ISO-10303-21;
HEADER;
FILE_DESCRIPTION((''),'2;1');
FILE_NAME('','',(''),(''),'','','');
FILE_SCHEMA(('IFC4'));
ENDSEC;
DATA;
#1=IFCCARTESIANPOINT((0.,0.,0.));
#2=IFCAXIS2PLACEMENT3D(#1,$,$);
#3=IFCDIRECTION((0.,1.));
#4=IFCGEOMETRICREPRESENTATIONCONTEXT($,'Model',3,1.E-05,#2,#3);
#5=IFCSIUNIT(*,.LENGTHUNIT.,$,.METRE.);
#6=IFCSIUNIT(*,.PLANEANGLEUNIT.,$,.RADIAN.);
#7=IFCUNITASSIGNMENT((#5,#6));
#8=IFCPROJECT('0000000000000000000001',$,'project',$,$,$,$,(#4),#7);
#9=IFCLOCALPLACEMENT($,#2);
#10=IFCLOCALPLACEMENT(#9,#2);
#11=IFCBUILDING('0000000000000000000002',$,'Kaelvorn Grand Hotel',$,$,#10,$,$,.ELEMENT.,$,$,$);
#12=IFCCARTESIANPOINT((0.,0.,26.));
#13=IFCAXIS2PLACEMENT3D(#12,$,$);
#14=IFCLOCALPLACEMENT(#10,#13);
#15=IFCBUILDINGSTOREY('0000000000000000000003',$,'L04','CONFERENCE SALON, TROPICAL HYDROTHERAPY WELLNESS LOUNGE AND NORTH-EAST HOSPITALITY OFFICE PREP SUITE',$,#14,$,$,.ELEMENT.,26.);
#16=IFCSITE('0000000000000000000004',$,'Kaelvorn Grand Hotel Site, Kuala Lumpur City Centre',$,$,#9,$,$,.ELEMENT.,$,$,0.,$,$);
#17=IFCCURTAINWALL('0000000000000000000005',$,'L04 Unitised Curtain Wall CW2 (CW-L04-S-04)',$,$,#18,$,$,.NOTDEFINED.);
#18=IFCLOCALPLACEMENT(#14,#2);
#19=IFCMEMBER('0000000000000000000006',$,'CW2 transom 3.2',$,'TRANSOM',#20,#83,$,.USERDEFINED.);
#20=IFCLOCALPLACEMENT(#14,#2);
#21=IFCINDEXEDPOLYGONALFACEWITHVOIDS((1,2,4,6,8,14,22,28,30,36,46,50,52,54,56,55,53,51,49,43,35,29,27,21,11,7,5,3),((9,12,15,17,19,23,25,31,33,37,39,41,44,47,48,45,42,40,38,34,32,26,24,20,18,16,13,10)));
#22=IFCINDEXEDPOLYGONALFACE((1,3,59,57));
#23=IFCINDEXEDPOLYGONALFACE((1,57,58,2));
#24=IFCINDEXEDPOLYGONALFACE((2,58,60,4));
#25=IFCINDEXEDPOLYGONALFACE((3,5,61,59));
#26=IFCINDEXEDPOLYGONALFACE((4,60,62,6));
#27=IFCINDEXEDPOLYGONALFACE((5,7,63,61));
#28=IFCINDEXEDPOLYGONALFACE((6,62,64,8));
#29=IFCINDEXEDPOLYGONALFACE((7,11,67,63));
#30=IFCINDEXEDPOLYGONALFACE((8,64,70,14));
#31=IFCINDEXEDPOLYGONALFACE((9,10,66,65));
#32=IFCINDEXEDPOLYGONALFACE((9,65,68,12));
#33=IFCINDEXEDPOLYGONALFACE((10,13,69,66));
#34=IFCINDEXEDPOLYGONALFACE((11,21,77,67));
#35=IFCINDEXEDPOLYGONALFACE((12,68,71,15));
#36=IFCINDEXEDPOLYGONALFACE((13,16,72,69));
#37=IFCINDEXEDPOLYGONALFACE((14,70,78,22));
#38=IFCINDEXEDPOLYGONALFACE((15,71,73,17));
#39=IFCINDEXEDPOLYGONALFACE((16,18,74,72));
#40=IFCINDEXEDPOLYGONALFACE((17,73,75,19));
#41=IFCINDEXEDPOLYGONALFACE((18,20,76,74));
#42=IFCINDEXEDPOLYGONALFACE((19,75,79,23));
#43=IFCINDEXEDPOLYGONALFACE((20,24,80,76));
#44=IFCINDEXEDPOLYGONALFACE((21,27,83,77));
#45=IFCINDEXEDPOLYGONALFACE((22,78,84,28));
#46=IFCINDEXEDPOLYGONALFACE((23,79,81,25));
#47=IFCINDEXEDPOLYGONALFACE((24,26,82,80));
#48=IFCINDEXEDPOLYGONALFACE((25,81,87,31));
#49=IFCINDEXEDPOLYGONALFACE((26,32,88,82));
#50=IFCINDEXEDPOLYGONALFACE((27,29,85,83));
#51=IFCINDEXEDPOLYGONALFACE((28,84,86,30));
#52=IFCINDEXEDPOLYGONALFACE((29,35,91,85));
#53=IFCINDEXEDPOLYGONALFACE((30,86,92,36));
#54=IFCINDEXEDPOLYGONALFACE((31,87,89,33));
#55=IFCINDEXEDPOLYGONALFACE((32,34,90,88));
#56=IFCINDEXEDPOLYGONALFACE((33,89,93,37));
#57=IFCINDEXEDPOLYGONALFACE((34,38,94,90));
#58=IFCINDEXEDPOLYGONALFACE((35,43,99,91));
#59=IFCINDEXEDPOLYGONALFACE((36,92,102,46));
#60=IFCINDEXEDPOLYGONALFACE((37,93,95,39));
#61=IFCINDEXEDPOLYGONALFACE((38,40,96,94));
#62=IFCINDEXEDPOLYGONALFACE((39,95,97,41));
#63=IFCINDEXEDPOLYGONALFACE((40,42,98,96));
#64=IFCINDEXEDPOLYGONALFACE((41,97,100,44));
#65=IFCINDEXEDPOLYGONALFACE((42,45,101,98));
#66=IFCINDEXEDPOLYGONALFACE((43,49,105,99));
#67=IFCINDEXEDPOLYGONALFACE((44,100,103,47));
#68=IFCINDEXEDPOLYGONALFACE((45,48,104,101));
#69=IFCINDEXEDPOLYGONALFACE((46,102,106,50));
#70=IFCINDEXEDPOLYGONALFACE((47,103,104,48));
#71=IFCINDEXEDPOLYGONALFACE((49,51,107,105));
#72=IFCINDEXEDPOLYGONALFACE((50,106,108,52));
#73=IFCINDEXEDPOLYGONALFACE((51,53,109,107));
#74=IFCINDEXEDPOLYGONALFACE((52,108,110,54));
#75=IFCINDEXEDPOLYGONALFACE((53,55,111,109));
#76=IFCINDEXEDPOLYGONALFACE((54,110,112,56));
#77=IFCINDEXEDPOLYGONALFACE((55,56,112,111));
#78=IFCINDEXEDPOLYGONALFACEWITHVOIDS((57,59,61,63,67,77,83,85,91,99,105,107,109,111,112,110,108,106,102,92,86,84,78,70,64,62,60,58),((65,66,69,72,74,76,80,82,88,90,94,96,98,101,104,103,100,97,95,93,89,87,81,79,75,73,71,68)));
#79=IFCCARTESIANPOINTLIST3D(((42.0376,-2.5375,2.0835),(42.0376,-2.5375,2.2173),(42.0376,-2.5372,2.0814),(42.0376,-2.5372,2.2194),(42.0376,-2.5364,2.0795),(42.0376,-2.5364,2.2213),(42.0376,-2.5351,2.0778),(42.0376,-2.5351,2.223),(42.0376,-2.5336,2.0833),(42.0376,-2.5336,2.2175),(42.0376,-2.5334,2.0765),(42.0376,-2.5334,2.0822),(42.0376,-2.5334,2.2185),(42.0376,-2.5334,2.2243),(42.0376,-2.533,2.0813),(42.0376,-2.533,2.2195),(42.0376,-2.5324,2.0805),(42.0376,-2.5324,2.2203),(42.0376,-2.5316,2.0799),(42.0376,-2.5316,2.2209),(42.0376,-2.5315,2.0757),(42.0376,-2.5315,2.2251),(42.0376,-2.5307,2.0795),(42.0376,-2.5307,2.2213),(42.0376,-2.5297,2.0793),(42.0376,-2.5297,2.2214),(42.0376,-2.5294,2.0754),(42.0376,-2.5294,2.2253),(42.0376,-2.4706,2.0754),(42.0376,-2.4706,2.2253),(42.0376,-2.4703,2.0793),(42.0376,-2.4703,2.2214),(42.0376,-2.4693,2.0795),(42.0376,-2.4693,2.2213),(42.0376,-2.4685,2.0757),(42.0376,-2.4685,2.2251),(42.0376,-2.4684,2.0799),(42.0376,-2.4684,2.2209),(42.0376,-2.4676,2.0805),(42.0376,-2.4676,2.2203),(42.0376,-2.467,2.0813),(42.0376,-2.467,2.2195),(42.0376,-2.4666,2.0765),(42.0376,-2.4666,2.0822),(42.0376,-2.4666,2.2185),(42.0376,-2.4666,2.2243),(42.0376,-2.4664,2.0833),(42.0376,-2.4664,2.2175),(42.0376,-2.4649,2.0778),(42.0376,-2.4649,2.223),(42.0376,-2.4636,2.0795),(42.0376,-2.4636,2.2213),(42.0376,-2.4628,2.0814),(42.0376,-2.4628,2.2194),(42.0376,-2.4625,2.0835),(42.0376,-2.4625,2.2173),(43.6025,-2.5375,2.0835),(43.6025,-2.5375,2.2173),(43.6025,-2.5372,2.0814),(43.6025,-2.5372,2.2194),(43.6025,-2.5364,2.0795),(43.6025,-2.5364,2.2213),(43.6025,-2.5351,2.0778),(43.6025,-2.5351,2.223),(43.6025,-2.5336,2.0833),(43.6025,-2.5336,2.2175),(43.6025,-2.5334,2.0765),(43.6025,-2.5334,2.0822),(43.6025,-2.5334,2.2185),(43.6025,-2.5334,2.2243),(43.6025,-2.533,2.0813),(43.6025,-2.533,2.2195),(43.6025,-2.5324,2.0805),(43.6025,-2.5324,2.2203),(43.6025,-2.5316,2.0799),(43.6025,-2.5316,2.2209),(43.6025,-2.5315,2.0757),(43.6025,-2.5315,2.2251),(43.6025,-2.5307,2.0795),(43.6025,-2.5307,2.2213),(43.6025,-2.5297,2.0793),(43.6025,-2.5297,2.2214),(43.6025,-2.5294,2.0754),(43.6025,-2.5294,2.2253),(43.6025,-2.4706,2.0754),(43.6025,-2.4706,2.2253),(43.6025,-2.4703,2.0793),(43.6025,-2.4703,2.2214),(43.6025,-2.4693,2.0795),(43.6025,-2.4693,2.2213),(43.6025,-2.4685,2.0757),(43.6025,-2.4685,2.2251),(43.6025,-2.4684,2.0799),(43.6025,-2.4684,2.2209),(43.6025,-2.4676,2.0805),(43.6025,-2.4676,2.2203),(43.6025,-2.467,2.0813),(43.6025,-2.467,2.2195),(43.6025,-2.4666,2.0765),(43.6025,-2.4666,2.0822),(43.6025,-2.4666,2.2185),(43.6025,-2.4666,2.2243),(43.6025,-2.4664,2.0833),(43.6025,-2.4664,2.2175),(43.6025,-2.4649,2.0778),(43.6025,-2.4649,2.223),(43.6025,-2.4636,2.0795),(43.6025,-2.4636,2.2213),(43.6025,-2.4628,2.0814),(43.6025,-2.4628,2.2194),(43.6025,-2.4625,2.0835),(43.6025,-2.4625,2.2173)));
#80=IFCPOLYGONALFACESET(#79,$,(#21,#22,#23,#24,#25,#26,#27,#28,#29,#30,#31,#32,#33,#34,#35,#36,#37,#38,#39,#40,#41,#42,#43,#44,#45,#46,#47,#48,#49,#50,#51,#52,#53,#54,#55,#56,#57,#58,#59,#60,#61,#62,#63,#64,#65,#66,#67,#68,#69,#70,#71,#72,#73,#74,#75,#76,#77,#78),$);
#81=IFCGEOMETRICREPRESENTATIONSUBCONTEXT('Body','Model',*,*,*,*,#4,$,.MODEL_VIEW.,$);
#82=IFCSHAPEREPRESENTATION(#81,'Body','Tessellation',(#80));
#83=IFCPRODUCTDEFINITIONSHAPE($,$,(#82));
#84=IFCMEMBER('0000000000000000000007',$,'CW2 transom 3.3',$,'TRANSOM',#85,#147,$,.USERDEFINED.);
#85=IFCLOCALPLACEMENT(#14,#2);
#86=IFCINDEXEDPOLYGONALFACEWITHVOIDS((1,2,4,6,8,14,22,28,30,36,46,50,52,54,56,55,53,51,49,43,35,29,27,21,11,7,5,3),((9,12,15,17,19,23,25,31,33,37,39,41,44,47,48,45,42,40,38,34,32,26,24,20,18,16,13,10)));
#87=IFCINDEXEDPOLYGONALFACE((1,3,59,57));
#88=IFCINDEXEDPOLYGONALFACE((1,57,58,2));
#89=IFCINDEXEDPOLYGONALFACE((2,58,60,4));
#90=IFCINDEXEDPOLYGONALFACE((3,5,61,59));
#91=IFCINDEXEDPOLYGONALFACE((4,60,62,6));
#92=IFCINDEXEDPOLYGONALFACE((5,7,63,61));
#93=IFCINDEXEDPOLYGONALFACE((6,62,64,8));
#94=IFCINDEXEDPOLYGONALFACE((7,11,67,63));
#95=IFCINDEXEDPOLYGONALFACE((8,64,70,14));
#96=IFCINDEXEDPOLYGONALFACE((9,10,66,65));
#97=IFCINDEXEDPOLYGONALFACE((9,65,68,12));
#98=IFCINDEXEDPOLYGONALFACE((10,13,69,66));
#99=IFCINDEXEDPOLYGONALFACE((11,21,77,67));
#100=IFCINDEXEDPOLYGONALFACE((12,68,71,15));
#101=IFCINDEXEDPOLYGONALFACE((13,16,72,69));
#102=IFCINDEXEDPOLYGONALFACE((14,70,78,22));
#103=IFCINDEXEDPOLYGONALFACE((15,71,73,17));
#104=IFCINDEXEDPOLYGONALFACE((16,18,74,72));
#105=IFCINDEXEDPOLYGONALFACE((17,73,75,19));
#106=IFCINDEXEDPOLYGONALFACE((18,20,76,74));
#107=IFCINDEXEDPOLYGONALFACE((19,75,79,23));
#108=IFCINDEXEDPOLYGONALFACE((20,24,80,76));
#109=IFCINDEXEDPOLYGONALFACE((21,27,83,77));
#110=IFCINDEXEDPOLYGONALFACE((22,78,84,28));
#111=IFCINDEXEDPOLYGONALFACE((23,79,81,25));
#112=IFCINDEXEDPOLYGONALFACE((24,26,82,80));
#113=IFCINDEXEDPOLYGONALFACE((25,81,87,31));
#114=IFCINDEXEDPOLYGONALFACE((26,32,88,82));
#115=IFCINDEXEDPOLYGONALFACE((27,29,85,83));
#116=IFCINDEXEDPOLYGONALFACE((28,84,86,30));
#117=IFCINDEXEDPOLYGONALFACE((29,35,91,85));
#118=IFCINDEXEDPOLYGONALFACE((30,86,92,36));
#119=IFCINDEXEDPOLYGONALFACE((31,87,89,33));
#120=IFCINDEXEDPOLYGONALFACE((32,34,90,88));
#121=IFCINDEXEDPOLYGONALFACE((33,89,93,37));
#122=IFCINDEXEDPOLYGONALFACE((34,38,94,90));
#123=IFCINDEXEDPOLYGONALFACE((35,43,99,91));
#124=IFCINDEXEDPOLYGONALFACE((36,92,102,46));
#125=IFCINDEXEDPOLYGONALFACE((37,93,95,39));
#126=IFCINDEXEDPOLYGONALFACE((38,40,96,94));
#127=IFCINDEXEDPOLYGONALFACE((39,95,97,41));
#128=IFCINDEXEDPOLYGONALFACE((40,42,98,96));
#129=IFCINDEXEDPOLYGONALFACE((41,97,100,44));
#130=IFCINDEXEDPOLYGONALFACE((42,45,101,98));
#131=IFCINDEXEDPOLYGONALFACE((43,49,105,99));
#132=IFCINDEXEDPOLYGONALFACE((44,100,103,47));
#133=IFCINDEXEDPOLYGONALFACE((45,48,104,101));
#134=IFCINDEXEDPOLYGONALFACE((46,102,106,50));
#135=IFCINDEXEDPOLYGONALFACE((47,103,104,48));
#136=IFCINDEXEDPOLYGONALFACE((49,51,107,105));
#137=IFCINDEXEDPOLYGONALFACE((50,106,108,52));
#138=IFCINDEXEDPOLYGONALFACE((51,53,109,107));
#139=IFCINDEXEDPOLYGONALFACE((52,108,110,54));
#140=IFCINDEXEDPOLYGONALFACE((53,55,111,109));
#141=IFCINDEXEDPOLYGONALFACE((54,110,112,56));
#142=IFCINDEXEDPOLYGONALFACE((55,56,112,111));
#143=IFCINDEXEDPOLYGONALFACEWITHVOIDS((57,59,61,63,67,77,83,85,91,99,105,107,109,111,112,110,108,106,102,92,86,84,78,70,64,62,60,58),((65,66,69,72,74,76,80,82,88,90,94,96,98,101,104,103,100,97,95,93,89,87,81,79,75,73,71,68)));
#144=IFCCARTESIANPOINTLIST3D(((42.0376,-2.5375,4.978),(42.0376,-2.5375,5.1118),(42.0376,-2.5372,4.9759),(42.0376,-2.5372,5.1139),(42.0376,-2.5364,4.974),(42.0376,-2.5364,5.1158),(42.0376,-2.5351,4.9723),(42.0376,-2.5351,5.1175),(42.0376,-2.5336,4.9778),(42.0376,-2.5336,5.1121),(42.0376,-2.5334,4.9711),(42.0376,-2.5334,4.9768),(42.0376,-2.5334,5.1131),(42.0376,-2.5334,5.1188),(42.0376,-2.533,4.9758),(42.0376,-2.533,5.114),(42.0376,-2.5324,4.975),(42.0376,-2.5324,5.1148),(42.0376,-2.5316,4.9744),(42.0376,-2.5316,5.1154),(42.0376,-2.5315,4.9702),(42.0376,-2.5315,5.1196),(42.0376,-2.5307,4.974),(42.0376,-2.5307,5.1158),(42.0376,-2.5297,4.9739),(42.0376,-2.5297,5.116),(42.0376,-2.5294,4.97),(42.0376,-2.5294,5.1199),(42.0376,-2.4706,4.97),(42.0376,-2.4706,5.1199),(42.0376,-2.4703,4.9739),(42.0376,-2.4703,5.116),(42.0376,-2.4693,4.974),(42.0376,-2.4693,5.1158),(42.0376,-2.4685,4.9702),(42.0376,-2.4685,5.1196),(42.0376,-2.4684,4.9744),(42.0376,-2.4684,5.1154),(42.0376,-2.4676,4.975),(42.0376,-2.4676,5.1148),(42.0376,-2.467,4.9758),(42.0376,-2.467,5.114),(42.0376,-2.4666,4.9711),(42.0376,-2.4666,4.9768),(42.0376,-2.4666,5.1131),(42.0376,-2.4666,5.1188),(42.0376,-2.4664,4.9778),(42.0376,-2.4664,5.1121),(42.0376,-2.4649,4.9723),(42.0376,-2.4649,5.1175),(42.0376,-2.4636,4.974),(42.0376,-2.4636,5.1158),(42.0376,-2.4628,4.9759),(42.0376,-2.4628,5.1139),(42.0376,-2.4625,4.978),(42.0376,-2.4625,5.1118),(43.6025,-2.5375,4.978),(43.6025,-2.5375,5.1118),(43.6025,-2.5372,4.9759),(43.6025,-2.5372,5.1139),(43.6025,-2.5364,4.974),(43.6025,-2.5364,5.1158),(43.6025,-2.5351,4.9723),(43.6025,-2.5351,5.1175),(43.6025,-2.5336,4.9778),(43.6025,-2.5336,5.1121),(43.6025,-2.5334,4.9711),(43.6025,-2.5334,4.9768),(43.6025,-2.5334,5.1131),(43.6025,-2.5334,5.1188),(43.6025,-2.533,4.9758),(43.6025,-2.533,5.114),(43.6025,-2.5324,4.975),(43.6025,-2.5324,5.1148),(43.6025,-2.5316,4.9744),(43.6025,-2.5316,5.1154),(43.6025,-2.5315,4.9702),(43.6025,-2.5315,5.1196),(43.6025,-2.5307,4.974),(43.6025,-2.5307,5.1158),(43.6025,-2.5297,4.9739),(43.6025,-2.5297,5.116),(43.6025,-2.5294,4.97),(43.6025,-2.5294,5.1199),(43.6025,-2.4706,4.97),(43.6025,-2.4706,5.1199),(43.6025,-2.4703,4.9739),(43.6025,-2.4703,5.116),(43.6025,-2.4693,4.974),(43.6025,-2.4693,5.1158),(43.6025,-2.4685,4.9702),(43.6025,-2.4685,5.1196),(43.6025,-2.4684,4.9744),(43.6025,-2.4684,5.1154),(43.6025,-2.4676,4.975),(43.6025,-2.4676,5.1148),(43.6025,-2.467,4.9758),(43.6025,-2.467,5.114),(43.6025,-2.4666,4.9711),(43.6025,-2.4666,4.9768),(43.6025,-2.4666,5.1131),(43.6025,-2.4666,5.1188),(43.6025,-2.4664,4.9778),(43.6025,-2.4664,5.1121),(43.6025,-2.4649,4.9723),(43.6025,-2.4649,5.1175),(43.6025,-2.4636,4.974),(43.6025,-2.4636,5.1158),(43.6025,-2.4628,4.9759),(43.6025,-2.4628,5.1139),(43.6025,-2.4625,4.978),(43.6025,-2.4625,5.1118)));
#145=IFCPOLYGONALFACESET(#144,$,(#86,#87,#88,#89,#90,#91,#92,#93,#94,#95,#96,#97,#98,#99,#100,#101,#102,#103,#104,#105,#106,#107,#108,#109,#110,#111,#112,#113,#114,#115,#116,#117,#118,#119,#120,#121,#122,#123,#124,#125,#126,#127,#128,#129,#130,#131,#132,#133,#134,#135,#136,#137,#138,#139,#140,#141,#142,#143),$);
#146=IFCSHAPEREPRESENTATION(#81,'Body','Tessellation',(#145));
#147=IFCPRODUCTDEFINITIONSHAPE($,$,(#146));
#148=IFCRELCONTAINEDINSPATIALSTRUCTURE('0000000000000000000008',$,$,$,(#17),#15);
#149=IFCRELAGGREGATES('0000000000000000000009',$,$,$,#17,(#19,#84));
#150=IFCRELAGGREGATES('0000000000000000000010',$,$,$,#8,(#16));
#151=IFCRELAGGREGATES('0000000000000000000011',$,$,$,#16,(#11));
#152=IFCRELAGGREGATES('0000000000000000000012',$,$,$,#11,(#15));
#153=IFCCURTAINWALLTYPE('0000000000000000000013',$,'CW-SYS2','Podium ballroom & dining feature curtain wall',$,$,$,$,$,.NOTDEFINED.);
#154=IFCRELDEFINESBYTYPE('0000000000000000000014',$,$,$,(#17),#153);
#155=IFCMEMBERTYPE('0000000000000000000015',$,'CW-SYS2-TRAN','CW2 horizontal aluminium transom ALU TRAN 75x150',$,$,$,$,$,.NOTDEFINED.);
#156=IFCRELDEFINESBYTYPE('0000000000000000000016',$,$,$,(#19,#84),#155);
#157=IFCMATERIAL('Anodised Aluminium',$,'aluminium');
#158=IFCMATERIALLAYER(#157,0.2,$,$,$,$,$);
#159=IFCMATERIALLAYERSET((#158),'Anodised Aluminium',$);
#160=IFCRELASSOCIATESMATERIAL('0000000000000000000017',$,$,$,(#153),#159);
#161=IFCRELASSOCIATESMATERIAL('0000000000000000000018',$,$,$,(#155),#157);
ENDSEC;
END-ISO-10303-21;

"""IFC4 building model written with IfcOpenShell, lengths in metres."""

from ifc_helpers import new_model, si_unit, direction, frame, origin, origin_2d, place, context, subcontext, project, spatial, hollow_rectangle, extrude, material, layer, layer_set, material_profile, profile_set, type_object, element, aggregate, save


model = new_model("IFC4")

# Units and contexts
model_context = context("Model", 3, precision=1e-05, world=origin(), true_north=direction((0.0, 1.0)))
body_context = subcontext(model_context, "Body", "Model", "MODEL_VIEW")
ifc_project = project(units=[si_unit("LENGTHUNIT", "METRE"), si_unit("PLANEANGLEUNIT", "RADIAN")], contexts=[model_context])

# Site, building, storey
site_placement = place(None, origin())
site = spatial("IfcSite", under=ifc_project, at=site_placement, Name="Kaelvorn Grand Hotel Site, Kuala Lumpur City Centre", CompositionType="ELEMENT", RefElevation=0.0)
building_placement = place(site_placement, origin())
building = spatial("IfcBuilding", under=site, at=building_placement, Name="Kaelvorn Grand Hotel", CompositionType="ELEMENT")
storey_placement = place(building_placement, frame((0.0, 0.0, 26.0)))
storey = spatial("IfcBuildingStorey", under=building, at=storey_placement, Name="L04", Description="CONFERENCE SALON, TROPICAL HYDROTHERAPY WELLNESS LOUNGE AND NORTH-EAST HOSPITALITY OFFICE PREP SUITE", CompositionType="ELEMENT", Elevation=26.0)

# Curtain wall
ifc_material_1 = material(Name="Anodised Aluminium", Category="aluminium")
ifc_layer_1 = layer(ifc_material_1, 0.2)
ifc_layer_set_1 = layer_set([ifc_layer_1], Name="Anodised Aluminium")
curtain_wall_type = type_object("IfcCurtainWallType", Name="CW-SYS2", Description="Podium ballroom & dining feature curtain wall", PredefinedType="NOTDEFINED", material=ifc_layer_set_1)
curtain_wall_1_placement = place(storey_placement, origin())
curtain_wall_1 = element("IfcCurtainWall", 1, at=curtain_wall_1_placement, inside=storey, type_object=curtain_wall_type, Name="L04 Unitised Curtain Wall CW2 (CW-L04-S-04)", PredefinedType="NOTDEFINED")

# Members
ifc_material_profile_1 = material_profile(ifc_material_1, hollow_rectangle(XDim=0.075, YDim=0.1499, WallThickness=0.0039, InnerFilletRadius=0.0039, OuterFilletRadius=0.0081, at=origin_2d()), Name="ALU TRAN 75x150")
ifc_profile_set_1 = profile_set([ifc_material_profile_1], Name="Anodised Aluminium")
member_type_1 = type_object("IfcMemberType", Name="CW-SYS2-TRAN", Description="CW2 horizontal aluminium transom ALU TRAN 75x150", PredefinedType="NOTDEFINED", material=ifc_profile_set_1)
member_1_placement = place(storey_placement, frame((42.0376, -2.5, 2.1504), z_axis=(1.0, 0.0, 0.0), x_axis=(0.0, 1.0, 0.0)))
member_1 = element("IfcMember", 2, at=member_1_placement, type_object=member_type_1, Name="CW2 transom 3.2", ObjectType="TRANSOM", PredefinedType="USERDEFINED", context=body_context, shape_type="SweptSolid", body=[
    extrude(hollow_rectangle(XDim=0.075, YDim=0.1499, WallThickness=0.0039, InnerFilletRadius=0.0039, OuterFilletRadius=0.0081, at=origin_2d()), origin(), (0.0, 0.0, 1.0), 1.5649),
])
member_2_placement = place(storey_placement, frame((42.0376, -2.5, 5.0449), z_axis=(1.0, 0.0, 0.0), x_axis=(0.0, 1.0, 0.0)))
member_2 = element("IfcMember", 3, at=member_2_placement, type_object=member_type_1, Name="CW2 transom 3.3", ObjectType="TRANSOM", PredefinedType="USERDEFINED", context=body_context, shape_type="SweptSolid", body=[
    extrude(hollow_rectangle(XDim=0.075, YDim=0.1499, WallThickness=0.0039, InnerFilletRadius=0.0039, OuterFilletRadius=0.0081, at=origin_2d()), origin(), (0.0, 0.0, 1.0), 1.5649),
])

aggregate(curtain_wall_1, [member_1, member_2])

save(model, "model.ifc")
